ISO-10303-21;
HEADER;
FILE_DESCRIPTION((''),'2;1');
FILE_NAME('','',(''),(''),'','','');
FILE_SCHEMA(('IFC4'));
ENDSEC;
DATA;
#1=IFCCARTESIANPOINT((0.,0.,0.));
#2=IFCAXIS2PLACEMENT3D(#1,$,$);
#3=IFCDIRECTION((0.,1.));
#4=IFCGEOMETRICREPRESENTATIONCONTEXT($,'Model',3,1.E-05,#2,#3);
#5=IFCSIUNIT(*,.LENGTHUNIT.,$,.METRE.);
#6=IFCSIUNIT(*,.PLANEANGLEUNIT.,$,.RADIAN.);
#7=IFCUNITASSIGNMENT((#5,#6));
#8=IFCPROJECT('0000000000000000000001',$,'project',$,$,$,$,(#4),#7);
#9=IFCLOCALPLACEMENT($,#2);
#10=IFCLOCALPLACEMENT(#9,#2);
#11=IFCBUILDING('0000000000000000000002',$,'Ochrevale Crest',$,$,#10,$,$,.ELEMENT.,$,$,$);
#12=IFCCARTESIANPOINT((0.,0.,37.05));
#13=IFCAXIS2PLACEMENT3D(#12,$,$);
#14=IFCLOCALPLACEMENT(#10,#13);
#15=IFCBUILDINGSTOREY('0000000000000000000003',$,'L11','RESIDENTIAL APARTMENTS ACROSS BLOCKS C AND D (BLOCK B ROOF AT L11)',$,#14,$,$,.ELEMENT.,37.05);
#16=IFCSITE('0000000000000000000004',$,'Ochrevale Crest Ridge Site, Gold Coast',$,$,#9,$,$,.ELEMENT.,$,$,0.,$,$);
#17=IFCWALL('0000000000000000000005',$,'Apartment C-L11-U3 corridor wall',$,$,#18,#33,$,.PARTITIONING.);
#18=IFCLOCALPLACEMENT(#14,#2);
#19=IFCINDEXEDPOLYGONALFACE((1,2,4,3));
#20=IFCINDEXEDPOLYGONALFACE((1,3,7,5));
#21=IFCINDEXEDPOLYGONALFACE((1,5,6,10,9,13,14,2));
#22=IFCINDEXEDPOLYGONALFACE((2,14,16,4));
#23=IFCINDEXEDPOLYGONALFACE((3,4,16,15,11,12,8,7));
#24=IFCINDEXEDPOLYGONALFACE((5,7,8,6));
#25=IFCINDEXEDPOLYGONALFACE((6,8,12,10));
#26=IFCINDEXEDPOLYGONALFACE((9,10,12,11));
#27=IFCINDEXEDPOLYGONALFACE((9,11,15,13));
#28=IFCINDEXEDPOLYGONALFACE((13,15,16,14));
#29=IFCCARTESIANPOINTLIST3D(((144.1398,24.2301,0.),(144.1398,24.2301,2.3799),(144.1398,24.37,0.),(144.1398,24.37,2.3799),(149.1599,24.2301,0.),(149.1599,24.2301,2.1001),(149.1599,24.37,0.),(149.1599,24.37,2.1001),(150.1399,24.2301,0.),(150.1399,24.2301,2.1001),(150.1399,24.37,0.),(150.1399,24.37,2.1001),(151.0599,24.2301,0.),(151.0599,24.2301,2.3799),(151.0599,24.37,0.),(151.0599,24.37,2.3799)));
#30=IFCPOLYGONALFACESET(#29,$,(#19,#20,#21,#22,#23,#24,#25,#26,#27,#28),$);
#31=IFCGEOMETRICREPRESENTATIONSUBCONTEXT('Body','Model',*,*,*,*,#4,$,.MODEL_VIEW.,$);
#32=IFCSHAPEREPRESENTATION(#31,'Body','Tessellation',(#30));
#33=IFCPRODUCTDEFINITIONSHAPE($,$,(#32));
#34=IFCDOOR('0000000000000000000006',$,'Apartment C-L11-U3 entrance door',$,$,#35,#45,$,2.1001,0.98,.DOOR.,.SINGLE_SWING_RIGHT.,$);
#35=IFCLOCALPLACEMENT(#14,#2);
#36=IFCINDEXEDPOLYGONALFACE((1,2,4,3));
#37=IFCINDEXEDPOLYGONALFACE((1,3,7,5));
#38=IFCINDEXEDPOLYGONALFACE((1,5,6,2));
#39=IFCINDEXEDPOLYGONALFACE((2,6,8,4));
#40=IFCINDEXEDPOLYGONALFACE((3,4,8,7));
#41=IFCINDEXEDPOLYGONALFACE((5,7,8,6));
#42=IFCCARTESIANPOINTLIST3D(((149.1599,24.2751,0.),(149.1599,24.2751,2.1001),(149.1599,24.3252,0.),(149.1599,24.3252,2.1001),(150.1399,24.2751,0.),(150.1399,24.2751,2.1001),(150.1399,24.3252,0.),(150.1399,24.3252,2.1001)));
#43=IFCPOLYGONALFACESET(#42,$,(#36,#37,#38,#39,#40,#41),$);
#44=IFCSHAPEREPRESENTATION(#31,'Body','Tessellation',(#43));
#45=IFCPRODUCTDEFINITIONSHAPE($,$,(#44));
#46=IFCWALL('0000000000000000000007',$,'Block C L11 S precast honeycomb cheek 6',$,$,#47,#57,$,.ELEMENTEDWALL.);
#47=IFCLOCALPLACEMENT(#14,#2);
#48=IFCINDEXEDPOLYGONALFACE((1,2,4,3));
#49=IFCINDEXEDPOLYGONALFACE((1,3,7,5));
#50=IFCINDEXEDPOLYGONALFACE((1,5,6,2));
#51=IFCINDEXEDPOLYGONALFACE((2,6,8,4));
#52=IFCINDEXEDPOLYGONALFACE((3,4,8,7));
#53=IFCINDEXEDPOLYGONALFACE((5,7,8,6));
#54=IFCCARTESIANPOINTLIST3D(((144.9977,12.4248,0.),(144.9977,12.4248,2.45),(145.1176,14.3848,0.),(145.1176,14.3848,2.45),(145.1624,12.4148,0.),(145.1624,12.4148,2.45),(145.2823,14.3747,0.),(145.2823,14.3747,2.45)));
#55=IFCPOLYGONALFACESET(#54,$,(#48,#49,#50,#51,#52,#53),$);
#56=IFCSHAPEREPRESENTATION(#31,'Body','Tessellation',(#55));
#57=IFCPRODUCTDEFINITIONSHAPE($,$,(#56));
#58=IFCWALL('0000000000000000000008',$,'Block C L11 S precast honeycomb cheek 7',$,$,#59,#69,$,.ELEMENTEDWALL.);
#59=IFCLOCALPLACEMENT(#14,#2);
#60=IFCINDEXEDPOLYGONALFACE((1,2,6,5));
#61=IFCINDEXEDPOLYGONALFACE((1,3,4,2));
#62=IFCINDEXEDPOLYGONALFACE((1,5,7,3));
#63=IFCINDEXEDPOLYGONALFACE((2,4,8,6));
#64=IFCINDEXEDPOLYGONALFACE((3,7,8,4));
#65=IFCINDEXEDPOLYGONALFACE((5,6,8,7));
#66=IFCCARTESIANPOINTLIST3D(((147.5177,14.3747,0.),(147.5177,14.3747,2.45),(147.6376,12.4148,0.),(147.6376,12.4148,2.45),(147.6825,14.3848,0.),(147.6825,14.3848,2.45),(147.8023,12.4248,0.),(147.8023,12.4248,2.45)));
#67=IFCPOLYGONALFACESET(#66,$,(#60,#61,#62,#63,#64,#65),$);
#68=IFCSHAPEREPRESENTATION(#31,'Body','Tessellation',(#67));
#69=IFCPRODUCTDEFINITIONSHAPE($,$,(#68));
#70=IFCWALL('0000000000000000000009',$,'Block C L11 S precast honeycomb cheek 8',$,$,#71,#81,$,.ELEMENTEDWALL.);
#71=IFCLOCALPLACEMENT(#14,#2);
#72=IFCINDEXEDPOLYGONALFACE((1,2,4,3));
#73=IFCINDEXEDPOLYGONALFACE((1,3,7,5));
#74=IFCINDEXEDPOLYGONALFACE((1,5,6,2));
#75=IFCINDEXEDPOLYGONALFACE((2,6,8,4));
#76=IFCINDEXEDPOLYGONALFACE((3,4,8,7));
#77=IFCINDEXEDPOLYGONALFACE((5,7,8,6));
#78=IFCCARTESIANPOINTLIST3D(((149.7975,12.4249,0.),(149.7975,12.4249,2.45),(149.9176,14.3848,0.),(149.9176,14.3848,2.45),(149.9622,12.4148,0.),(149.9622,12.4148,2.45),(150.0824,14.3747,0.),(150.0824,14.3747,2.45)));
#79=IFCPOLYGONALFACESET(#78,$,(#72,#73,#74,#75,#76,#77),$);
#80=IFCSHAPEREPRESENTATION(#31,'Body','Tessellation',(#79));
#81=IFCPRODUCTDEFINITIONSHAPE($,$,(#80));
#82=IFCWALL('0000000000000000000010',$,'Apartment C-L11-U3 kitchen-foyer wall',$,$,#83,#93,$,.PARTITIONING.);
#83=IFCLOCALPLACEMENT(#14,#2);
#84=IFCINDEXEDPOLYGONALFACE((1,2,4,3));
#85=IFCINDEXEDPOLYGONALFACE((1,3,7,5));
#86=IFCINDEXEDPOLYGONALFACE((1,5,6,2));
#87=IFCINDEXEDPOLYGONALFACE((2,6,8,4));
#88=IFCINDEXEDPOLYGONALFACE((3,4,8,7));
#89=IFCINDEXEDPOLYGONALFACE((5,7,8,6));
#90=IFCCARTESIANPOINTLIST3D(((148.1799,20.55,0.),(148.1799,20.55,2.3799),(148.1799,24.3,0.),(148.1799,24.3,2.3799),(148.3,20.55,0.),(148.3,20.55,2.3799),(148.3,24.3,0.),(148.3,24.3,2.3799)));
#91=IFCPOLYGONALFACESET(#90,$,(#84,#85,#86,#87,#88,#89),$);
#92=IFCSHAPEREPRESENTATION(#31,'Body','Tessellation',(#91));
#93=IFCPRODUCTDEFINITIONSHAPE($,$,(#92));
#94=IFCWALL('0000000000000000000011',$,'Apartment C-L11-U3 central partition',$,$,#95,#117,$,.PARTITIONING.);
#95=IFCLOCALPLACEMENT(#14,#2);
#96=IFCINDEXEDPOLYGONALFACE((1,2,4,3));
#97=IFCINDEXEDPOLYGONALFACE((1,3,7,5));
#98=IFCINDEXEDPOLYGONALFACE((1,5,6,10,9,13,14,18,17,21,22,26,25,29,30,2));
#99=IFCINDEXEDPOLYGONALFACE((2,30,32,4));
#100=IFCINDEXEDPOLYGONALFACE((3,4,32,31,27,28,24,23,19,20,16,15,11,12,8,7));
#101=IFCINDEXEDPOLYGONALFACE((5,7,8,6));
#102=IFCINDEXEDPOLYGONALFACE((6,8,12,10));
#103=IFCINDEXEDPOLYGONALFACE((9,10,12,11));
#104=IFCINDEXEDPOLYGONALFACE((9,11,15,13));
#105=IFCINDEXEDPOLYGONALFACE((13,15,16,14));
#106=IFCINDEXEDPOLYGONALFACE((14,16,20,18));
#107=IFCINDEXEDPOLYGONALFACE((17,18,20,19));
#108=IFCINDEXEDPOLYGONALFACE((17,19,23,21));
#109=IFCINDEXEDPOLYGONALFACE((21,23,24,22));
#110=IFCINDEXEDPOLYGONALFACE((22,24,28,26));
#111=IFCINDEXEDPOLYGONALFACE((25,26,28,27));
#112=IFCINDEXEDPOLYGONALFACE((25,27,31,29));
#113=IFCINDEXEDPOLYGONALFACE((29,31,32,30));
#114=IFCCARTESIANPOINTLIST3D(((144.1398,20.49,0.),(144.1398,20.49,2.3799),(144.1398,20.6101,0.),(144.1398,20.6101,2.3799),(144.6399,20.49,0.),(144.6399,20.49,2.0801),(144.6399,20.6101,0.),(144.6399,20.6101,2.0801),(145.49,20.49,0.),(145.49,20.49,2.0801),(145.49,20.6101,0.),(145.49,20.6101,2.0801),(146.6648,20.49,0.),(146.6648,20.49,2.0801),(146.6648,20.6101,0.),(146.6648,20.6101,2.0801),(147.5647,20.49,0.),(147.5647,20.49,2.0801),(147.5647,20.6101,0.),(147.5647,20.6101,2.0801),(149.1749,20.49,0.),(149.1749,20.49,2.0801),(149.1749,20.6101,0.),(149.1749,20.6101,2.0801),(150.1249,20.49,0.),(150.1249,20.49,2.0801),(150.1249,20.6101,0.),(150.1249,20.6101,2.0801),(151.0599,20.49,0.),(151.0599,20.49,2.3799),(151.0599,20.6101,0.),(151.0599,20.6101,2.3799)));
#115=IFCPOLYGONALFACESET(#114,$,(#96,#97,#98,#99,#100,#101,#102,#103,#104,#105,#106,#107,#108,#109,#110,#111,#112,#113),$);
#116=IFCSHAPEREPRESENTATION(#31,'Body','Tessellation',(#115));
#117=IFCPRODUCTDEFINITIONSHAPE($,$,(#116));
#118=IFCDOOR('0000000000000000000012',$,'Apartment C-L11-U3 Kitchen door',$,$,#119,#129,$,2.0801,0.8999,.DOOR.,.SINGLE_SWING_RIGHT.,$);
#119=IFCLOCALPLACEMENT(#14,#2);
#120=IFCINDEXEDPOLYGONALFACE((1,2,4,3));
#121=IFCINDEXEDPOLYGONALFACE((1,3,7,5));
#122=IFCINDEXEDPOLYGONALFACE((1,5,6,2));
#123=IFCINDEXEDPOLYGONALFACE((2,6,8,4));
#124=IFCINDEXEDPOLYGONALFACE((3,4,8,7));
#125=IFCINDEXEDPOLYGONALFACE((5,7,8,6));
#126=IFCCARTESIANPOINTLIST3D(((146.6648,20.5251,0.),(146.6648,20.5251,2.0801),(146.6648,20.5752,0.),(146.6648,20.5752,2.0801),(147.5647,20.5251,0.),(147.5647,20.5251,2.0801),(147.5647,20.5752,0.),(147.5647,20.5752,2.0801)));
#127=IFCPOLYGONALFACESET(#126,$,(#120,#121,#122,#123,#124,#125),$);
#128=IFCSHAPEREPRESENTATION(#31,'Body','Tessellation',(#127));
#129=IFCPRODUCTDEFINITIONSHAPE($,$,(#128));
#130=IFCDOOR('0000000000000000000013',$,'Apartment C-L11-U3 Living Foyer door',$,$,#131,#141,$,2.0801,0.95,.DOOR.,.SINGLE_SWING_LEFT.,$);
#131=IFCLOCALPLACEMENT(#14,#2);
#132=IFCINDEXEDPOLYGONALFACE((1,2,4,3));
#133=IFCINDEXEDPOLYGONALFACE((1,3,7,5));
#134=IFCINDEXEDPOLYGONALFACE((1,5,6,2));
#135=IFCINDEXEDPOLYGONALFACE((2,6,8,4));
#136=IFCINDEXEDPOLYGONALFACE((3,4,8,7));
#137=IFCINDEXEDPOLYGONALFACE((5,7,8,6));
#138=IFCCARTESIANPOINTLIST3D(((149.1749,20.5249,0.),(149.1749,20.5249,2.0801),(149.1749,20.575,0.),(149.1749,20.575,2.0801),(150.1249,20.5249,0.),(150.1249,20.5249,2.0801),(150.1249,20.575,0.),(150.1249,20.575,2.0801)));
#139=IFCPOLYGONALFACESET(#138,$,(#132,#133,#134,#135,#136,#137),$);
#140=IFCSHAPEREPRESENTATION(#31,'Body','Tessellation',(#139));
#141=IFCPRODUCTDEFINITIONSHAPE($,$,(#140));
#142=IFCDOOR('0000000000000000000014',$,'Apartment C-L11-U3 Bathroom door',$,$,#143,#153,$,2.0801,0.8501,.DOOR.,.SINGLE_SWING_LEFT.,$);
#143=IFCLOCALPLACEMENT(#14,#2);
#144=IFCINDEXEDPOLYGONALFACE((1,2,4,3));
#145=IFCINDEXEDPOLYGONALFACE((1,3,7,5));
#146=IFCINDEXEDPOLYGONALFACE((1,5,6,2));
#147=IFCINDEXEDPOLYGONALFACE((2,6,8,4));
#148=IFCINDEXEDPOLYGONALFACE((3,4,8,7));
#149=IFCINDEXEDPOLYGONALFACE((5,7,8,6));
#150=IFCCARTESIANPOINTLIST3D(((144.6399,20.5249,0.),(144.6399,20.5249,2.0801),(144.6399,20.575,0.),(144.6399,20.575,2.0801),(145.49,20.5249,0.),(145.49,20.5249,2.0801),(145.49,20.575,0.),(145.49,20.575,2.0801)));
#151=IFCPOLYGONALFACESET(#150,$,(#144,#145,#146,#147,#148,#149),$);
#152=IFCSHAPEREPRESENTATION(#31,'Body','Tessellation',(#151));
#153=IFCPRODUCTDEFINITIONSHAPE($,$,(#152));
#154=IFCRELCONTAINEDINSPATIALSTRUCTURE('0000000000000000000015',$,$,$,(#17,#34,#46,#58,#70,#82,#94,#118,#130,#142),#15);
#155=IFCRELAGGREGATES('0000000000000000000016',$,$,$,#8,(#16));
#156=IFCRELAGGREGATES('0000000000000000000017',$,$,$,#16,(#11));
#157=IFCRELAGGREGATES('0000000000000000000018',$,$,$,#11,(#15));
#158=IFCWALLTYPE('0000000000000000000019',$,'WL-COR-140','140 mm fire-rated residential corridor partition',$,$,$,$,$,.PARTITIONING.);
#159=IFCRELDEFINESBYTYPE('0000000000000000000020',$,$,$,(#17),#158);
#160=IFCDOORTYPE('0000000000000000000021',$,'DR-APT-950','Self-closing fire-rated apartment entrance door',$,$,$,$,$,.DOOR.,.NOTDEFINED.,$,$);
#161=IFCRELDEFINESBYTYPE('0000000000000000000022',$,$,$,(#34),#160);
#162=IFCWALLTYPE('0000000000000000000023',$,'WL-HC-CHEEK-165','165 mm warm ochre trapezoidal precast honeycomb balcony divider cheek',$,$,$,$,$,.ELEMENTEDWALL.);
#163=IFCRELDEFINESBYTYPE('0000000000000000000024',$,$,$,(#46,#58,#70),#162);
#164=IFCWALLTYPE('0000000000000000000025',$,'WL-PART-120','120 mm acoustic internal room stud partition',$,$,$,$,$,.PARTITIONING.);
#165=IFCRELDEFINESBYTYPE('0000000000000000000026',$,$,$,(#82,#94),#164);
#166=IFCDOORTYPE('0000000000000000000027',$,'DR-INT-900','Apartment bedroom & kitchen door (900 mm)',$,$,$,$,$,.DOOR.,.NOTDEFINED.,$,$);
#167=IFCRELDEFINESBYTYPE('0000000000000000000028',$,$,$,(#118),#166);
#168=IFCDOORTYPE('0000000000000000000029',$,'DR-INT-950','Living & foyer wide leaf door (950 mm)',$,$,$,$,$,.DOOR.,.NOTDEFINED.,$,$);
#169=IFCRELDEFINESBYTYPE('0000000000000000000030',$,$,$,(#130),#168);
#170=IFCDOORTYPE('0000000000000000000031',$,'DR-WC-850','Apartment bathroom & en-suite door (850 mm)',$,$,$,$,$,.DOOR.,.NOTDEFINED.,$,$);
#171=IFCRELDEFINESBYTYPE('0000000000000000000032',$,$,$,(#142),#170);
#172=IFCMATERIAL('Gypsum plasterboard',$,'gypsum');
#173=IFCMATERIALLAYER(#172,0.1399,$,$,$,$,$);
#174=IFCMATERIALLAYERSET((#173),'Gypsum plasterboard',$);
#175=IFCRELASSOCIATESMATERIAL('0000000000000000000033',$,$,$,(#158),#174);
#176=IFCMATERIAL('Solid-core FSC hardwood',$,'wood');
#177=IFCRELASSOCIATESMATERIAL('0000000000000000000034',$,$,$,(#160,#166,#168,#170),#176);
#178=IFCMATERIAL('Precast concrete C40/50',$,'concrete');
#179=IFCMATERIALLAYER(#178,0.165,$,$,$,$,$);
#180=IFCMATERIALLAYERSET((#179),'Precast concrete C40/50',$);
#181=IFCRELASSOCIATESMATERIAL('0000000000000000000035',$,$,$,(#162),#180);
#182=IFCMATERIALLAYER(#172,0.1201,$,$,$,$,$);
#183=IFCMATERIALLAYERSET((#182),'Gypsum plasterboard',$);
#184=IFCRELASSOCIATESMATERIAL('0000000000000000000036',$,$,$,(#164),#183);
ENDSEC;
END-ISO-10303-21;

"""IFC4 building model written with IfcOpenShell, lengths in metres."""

from ifc_helpers import new_model, si_unit, direction, frame, frame_2d, origin, place, context, subcontext, project, spatial, rectangle, extrude, material, layer, layer_set, type_object, element, fill, save


model = new_model("IFC4")

# Units and contexts
model_context = context("Model", 3, precision=1e-05, world=origin(), true_north=direction((0.0, 1.0)))
body_context = subcontext(model_context, "Body", "Model", "MODEL_VIEW")
ifc_project = project(units=[si_unit("LENGTHUNIT", "METRE"), si_unit("PLANEANGLEUNIT", "RADIAN")], contexts=[model_context])

# Site, building, storey
site_placement = place(None, origin())
site = spatial("IfcSite", under=ifc_project, at=site_placement, Name="Ochrevale Crest Ridge Site, Gold Coast", CompositionType="ELEMENT", RefElevation=0.0)
building_placement = place(site_placement, origin())
building = spatial("IfcBuilding", under=site, at=building_placement, Name="Ochrevale Crest", CompositionType="ELEMENT")
storey_placement = place(building_placement, frame((0.0, 0.0, 37.05)))
storey = spatial("IfcBuildingStorey", under=building, at=storey_placement, Name="L11", Description="RESIDENTIAL APARTMENTS ACROSS BLOCKS C AND D (BLOCK B ROOF AT L11)", CompositionType="ELEMENT", Elevation=37.05)

# Shared definitions
ifc_material_1 = material(Name="Precast concrete C40/50", Category="concrete")

# Wall, opening, door
ifc_material_2 = material(Name="Gypsum plasterboard", Category="gypsum")
ifc_layer_1 = layer(ifc_material_2, 0.1399)
ifc_layer_set_1 = layer_set([ifc_layer_1], Name="Gypsum plasterboard")
wall_type_1 = type_object("IfcWallType", Name="WL-COR-140", Description="140 mm fire-rated residential corridor partition", PredefinedType="PARTITIONING", material=ifc_layer_set_1)
wall_1_placement = place(storey_placement, frame((144.1399, 24.3, 0.0), z_axis=(0.0, 0.0, 1.0), x_axis=(1.0, 0.0, 0.0)))
wall_1 = element("IfcWall", 1, at=wall_1_placement, inside=storey, type_object=wall_type_1, Name="Apartment C-L11-U3 corridor wall", PredefinedType="PARTITIONING", context=body_context, shape_type="SweptSolid", body=[
    extrude(rectangle(XDim=6.9202, YDim=0.1399, at=frame_2d((3.46, 0.0))), origin(), (0.0, 0.0, 1.0), 2.3799),
])
opening_1_placement = place(wall_1_placement, frame((6.0, 0.0, 0.0), z_axis=(0.0, 0.0, 1.0), x_axis=(-1.0, 0.0, 0.0)))
opening_1 = element("IfcOpeningElement", 2, at=opening_1_placement, cuts=wall_1, PredefinedType="OPENING", context=body_context, shape_type="SweptSolid", body=[
    extrude(rectangle(XDim=0.98, YDim=2.1001, at=frame_2d((0.49, 1.05))), frame((0.0, 0.0801, 0.0), z_axis=(0.0, -1.0, 0.0), x_axis=(1.0, 0.0, 0.0)), (0.0, 0.0, 1.0), 0.1599),
])
ifc_material_3 = material(Name="Solid-core FSC hardwood", Category="wood")
door_type_1 = type_object("IfcDoorType", Name="DR-APT-950", Description="Self-closing fire-rated apartment entrance door", OperationType="NOTDEFINED", PredefinedType="DOOR", material=ifc_material_3)
door_1_placement = place(opening_1_placement, origin())
door_1 = element("IfcDoor", 3, at=door_1_placement, inside=storey, type_object=door_type_1, Name="Apartment C-L11-U3 entrance door", OperationType="SINGLE_SWING_RIGHT", OverallHeight=2.1001, OverallWidth=0.98, PredefinedType="DOOR", context=body_context, shape_type="SweptSolid", body=[
    extrude(rectangle(XDim=0.98, YDim=2.1001, at=frame_2d((0.49, 1.05))), frame((0.0, 0.0249, 0.0), z_axis=(0.0, -1.0, 0.0), x_axis=(1.0, 0.0, 0.0)), (0.0, 0.0, 1.0), 0.05),
])
fill(opening_1, door_1)

# Walls
ifc_layer_2 = layer(ifc_material_1, 0.165)
ifc_layer_set_2 = layer_set([ifc_layer_2], Name="Precast concrete C40/50")
wall_type_2 = type_object("IfcWallType", Name="WL-HC-CHEEK-165", Description="165 mm warm ochre trapezoidal precast honeycomb balcony divider cheek", PredefinedType="ELEMENTEDWALL", material=ifc_layer_set_2)
for number, where, z_axis, x_axis, name in (
    (4, (145.2, 14.3799, 0.0), (0.0, 0.0, 1.0), (-0.061047, -0.998135, 0.0), "Block C L11 S precast honeycomb cheek 6"),
    (5, (147.6001, 14.3799, 0.0), (0.0, 0.0, 1.0), (0.061047, -0.998135, 0.0), "Block C L11 S precast honeycomb cheek 7"),
    (6, (150.0, 14.3799, 0.0), (0.0, 0.0, 1.0), (-0.061171, -0.998127, 0.0), "Block C L11 S precast honeycomb cheek 8"),
):
    element("IfcWall", number, at=place(storey_placement, frame(where, z_axis=z_axis, x_axis=x_axis)), inside=storey, type_object=wall_type_2, Name=name, PredefinedType="ELEMENTEDWALL", context=body_context, shape_type="SweptSolid", body=[
        extrude(rectangle(XDim=1.9636, YDim=0.165, at=frame_2d((0.9819, 0.0))), origin(), (0.0, 0.0, 1.0), 2.45),
    ])
ifc_layer_3 = layer(ifc_material_2, 0.1201)
ifc_layer_set_3 = layer_set([ifc_layer_3], Name="Gypsum plasterboard")
wall_type_3 = type_object("IfcWallType", Name="WL-PART-120", Description="120 mm acoustic internal room stud partition", PredefinedType="PARTITIONING", material=ifc_layer_set_3)
wall_2_placement = place(storey_placement, frame((148.24, 20.55, 0.0), z_axis=(0.0, 0.0, 1.0), x_axis=(0.0, 1.0, 0.0)))
element("IfcWall", 7, at=wall_2_placement, inside=storey, type_object=wall_type_3, Name="Apartment C-L11-U3 kitchen-foyer wall", PredefinedType="PARTITIONING", context=body_context, shape_type="SweptSolid", body=[
    extrude(rectangle(XDim=3.75, YDim=0.1201, at=frame_2d((1.875, 0.0))), origin(), (0.0, 0.0, 1.0), 2.3799),
])

# Wall, openings, doors
wall_3_placement = place(storey_placement, frame((144.1399, 20.55, 0.0), z_axis=(0.0, 0.0, 1.0), x_axis=(1.0, 0.0, 0.0)))
wall_3 = element("IfcWall", 8, at=wall_3_placement, inside=storey, type_object=wall_type_3, Name="Apartment C-L11-U3 central partition", PredefinedType="PARTITIONING", context=body_context, shape_type="SweptSolid", body=[
    extrude(rectangle(XDim=6.9202, YDim=0.1201, at=frame_2d((3.46, 0.0))), origin(), (0.0, 0.0, 1.0), 2.3799),
])
opening_2_placement = place(wall_3_placement, frame((0.5, 0.0, 0.0)))
opening_2 = element("IfcOpeningElement", 9, at=opening_2_placement, cuts=wall_3, PredefinedType="OPENING", context=body_context, shape_type="SweptSolid", body=[
    extrude(rectangle(XDim=0.8501, YDim=2.0801, at=frame_2d((0.425, 1.04))), frame((0.0, 0.0701, 0.0), z_axis=(0.0, -1.0, 0.0), x_axis=(1.0, 0.0, 0.0)), (0.0, 0.0, 1.0), 0.1401),
])
opening_3_placement = place(wall_3_placement, frame((3.4248, 0.0, 0.0), z_axis=(0.0, 0.0, 1.0), x_axis=(-1.0, 0.0, 0.0)))
opening_3 = element("IfcOpeningElement", 10, at=opening_3_placement, cuts=wall_3, PredefinedType="OPENING", context=body_context, shape_type="SweptSolid", body=[
    extrude(rectangle(XDim=0.8999, YDim=2.0801, at=frame_2d((0.45, 1.04))), frame((0.0, 0.0701, 0.0), z_axis=(0.0, -1.0, 0.0), x_axis=(1.0, 0.0, 0.0)), (0.0, 0.0, 1.0), 0.1401),
])
opening_4_placement = place(wall_3_placement, frame((5.0349, 0.0, 0.0)))
opening_4 = element("IfcOpeningElement", 11, at=opening_4_placement, cuts=wall_3, PredefinedType="OPENING", context=body_context, shape_type="SweptSolid", body=[
    extrude(rectangle(XDim=0.95, YDim=2.0801, at=frame_2d((0.4751, 1.04))), frame((0.0, 0.0701, 0.0), z_axis=(0.0, -1.0, 0.0), x_axis=(1.0, 0.0, 0.0)), (0.0, 0.0, 1.0), 0.1401),
])
door_type_2 = type_object("IfcDoorType", Name="DR-INT-900", Description="Apartment bedroom & kitchen door (900 mm)", OperationType="NOTDEFINED", PredefinedType="DOOR", material=ifc_material_3)
door_2_placement = place(opening_3_placement, origin())
door_2 = element("IfcDoor", 12, at=door_2_placement, inside=storey, type_object=door_type_2, Name="Apartment C-L11-U3 Kitchen door", OperationType="SINGLE_SWING_RIGHT", OverallHeight=2.0801, OverallWidth=0.8999, PredefinedType="DOOR", context=body_context, shape_type="SweptSolid", body=[
    extrude(rectangle(XDim=0.8999, YDim=2.0801, at=frame_2d((0.45, 1.04))), frame((0.0, 0.0249, 0.0), z_axis=(0.0, -1.0, 0.0), x_axis=(1.0, 0.0, 0.0)), (0.0, 0.0, 1.0), 0.05),
])
fill(opening_3, door_2)
door_type_3 = type_object("IfcDoorType", Name="DR-INT-950", Description="Living & foyer wide leaf door (950 mm)", OperationType="NOTDEFINED", PredefinedType="DOOR", material=ifc_material_3)
door_3_placement = place(opening_4_placement, origin())
door_3 = element("IfcDoor", 13, at=door_3_placement, inside=storey, type_object=door_type_3, Name="Apartment C-L11-U3 Living Foyer door", OperationType="SINGLE_SWING_LEFT", OverallHeight=2.0801, OverallWidth=0.95, PredefinedType="DOOR", context=body_context, shape_type="SweptSolid", body=[
    extrude(rectangle(XDim=0.95, YDim=2.0801, at=frame_2d((0.4751, 1.04))), frame((0.0, 0.0249, 0.0), z_axis=(0.0, -1.0, 0.0), x_axis=(1.0, 0.0, 0.0)), (0.0, 0.0, 1.0), 0.05),
])
fill(opening_4, door_3)
door_type_4 = type_object("IfcDoorType", Name="DR-WC-850", Description="Apartment bathroom & en-suite door (850 mm)", OperationType="NOTDEFINED", PredefinedType="DOOR", material=ifc_material_3)
door_4_placement = place(opening_2_placement, origin())
door_4 = element("IfcDoor", 14, at=door_4_placement, inside=storey, type_object=door_type_4, Name="Apartment C-L11-U3 Bathroom door", OperationType="SINGLE_SWING_LEFT", OverallHeight=2.0801, OverallWidth=0.8501, PredefinedType="DOOR", context=body_context, shape_type="SweptSolid", body=[
    extrude(rectangle(XDim=0.8501, YDim=2.0801, at=frame_2d((0.425, 1.04))), frame((0.0, 0.0249, 0.0), z_axis=(0.0, -1.0, 0.0), x_axis=(1.0, 0.0, 0.0)), (0.0, 0.0, 1.0), 0.05),
])
fill(opening_2, door_4)

save(model, "model.ifc")
